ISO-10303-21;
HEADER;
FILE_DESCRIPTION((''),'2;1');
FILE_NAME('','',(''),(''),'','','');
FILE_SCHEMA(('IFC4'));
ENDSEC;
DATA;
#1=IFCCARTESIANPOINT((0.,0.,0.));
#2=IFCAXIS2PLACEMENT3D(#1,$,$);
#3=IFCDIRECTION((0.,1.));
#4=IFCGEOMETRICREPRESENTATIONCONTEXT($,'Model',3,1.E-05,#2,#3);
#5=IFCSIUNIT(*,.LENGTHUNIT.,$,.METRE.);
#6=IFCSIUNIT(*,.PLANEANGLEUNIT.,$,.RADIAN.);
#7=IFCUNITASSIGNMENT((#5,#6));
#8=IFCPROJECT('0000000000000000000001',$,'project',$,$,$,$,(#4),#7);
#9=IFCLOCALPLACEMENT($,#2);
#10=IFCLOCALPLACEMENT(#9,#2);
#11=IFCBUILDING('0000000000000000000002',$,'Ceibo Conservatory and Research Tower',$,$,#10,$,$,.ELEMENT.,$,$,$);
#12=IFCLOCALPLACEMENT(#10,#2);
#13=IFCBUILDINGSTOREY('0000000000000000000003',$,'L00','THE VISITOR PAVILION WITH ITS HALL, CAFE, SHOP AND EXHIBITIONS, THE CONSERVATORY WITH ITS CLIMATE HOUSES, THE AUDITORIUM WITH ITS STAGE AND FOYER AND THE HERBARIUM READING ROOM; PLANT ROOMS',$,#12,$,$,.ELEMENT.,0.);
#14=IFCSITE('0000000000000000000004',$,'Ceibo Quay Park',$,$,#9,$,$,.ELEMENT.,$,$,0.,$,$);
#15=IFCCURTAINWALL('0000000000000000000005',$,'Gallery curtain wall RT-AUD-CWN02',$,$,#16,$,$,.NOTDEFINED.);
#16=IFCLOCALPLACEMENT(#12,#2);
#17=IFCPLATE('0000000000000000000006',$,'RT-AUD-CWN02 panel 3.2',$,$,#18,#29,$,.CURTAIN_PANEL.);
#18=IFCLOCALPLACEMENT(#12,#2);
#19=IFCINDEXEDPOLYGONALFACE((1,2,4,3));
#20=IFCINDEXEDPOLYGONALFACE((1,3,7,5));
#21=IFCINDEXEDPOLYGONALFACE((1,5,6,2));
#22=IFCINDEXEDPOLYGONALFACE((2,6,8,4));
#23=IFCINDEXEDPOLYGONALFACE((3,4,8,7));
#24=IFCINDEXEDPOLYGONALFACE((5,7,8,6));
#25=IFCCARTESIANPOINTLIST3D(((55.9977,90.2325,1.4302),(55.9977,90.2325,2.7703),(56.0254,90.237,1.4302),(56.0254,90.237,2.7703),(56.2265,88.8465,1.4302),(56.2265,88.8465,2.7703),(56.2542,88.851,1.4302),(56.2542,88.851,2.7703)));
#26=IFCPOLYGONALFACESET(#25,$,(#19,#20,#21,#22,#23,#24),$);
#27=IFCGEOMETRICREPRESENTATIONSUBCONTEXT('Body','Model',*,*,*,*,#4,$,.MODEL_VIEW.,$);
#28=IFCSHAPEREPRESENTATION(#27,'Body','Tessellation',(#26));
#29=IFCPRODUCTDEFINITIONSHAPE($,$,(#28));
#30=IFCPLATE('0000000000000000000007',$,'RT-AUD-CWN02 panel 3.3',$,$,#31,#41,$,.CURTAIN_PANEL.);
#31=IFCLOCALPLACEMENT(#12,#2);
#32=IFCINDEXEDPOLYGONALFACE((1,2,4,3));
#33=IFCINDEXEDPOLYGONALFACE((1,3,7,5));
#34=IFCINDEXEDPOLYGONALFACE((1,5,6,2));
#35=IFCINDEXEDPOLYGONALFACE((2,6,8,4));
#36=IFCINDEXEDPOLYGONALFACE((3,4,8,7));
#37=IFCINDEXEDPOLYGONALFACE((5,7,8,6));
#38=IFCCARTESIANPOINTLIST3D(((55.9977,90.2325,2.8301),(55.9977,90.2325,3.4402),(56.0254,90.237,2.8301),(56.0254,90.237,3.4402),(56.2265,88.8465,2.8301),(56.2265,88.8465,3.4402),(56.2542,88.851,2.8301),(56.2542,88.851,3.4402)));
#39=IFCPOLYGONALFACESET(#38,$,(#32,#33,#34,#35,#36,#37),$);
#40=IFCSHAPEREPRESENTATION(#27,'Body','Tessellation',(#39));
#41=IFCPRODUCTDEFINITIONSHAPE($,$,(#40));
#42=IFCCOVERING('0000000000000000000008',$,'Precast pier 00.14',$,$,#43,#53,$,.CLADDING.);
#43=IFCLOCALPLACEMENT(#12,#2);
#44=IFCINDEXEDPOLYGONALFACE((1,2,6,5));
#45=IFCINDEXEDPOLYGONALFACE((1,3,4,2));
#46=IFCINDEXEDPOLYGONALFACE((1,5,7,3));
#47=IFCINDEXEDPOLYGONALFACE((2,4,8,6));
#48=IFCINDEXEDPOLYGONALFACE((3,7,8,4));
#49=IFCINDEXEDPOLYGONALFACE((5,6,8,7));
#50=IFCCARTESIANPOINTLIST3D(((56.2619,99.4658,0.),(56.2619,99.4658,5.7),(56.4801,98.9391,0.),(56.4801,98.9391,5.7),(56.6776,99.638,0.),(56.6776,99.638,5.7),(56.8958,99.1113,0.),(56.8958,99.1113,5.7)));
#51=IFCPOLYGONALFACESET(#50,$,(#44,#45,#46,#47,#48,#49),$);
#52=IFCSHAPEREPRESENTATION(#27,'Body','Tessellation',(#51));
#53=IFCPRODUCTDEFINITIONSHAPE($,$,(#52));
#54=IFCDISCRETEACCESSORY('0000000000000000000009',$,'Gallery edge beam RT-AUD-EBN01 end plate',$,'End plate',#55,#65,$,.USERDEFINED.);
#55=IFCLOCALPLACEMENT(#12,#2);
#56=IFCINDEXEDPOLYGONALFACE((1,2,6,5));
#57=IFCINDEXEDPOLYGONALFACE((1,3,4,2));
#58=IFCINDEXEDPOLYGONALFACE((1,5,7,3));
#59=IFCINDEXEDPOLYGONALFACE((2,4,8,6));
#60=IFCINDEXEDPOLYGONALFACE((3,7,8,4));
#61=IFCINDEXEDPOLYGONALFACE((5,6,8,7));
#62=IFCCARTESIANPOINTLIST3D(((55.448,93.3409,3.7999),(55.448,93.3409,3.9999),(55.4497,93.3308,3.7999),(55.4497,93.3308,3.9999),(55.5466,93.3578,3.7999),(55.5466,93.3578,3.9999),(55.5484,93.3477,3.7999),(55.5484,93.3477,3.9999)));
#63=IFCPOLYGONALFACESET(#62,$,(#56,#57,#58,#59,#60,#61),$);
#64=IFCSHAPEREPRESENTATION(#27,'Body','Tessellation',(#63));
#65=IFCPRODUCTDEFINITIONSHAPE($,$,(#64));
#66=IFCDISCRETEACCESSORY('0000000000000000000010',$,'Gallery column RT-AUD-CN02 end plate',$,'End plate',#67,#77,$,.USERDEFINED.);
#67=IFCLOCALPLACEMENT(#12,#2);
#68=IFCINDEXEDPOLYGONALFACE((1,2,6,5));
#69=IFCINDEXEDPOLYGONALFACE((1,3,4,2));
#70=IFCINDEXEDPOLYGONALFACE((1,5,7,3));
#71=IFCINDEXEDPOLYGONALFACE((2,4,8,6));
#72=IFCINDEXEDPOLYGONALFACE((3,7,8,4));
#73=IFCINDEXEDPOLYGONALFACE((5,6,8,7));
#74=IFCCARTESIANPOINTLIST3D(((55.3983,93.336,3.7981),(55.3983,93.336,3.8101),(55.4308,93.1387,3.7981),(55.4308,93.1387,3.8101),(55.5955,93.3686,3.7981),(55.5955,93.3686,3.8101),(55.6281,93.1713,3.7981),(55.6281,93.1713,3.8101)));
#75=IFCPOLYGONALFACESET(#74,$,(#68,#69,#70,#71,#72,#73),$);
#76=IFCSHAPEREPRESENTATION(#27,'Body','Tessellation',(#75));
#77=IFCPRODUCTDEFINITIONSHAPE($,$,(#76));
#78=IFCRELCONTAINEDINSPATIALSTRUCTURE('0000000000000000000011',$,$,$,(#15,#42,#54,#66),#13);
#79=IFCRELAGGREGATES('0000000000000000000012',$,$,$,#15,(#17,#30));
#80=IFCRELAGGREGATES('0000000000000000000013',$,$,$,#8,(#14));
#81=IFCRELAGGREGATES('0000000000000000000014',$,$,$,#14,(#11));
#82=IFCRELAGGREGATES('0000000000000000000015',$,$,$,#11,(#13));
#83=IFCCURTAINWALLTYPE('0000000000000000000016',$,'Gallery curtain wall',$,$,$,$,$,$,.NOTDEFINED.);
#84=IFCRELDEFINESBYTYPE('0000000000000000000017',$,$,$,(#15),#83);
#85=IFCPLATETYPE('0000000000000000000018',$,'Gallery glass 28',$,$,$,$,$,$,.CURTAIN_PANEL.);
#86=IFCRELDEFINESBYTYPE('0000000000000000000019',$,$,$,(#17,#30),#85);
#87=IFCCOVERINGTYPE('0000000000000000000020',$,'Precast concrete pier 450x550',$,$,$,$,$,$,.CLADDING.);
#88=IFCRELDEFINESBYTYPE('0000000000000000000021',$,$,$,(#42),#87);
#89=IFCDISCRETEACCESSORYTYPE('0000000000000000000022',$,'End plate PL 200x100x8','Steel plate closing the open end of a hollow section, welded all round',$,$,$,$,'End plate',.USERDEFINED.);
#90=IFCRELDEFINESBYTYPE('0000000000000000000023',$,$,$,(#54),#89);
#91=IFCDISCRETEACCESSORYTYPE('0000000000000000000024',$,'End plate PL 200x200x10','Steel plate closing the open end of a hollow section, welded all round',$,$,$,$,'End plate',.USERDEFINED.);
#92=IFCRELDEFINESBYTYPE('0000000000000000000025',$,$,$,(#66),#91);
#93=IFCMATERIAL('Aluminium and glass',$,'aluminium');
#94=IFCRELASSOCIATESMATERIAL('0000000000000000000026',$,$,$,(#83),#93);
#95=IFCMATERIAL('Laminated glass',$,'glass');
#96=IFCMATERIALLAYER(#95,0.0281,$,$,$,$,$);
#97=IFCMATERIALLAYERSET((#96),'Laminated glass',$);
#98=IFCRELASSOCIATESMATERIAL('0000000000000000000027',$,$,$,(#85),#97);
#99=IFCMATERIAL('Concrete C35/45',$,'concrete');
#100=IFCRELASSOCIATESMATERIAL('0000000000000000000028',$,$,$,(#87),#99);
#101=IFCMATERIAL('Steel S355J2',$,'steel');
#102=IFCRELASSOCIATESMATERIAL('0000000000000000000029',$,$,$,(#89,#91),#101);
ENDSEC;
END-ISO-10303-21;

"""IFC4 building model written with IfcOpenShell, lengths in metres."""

from ifc_helpers import new_model, si_unit, direction, frame, origin, origin_2d, place, context, subcontext, project, spatial, rectangle, extrude, material, layer, layer_set, material_profile, profile_set, type_object, element, aggregate, save


model = new_model("IFC4")

# Units and contexts
model_context = context("Model", 3, precision=1e-05, world=origin(), true_north=direction((0.0, 1.0)))
body_context = subcontext(model_context, "Body", "Model", "MODEL_VIEW")
ifc_project = project(units=[si_unit("LENGTHUNIT", "METRE"), si_unit("PLANEANGLEUNIT", "RADIAN")], contexts=[model_context])

# Site, building, storey
site_placement = place(None, origin())
site = spatial("IfcSite", under=ifc_project, at=site_placement, Name="Ceibo Quay Park", CompositionType="ELEMENT", RefElevation=0.0)
building_placement = place(site_placement, origin())
building = spatial("IfcBuilding", under=site, at=building_placement, Name="Ceibo Conservatory and Research Tower", CompositionType="ELEMENT")
storey_placement = place(building_placement, origin())
storey = spatial("IfcBuildingStorey", under=building, at=storey_placement, Name="L00", Description="THE VISITOR PAVILION WITH ITS HALL, CAFE, SHOP AND EXHIBITIONS, THE CONSERVATORY WITH ITS CLIMATE HOUSES, THE AUDITORIUM WITH ITS STAGE AND FOYER AND THE HERBARIUM READING ROOM; PLANT ROOMS", CompositionType="ELEMENT", Elevation=0.0)

# Curtain wall
ifc_material_1 = material(Name="Aluminium and glass", Category="aluminium")
curtain_wall_type_1 = type_object("IfcCurtainWallType", Name="Gallery curtain wall", PredefinedType="NOTDEFINED", material=ifc_material_1)
curtain_wall_1_placement = place(storey_placement, origin())
curtain_wall_1 = element("IfcCurtainWall", 1, at=curtain_wall_1_placement, inside=storey, type_object=curtain_wall_type_1, Name="Gallery curtain wall RT-AUD-CWN02", PredefinedType="NOTDEFINED")

# Shared definitions
ifc_material_2 = material(Name="Steel S355J2", Category="steel")

# Plates
ifc_material_3 = material(Name="Laminated glass", Category="glass")
ifc_layer = layer(ifc_material_3, 0.0281)
ifc_layer_set = layer_set([ifc_layer], Name="Laminated glass")
plate_type = type_object("IfcPlateType", Name="Gallery glass 28", PredefinedType="CURTAIN_PANEL", material=ifc_layer_set)
plate_1_placement = place(storey_placement, frame((56.126, 89.5417, 1.4302), z_axis=(0.0, 0.0, 1.0), x_axis=(0.162895, -0.986643, 0.0)))
plate_1 = element("IfcPlate", 2, at=plate_1_placement, type_object=plate_type, Name="RT-AUD-CWN02 panel 3.2", PredefinedType="CURTAIN_PANEL", context=body_context, shape_type="SweptSolid", body=[
    extrude(rectangle(XDim=1.4048, YDim=0.0281, at=origin_2d()), origin(), (0.0, 0.0, 1.0), 1.3401),
])
plate_2_placement = place(storey_placement, frame((56.126, 89.5417, 2.8301), z_axis=(0.0, 0.0, 1.0), x_axis=(0.162895, -0.986643, 0.0)))
plate_2 = element("IfcPlate", 3, at=plate_2_placement, type_object=plate_type, Name="RT-AUD-CWN02 panel 3.3", PredefinedType="CURTAIN_PANEL", context=body_context, shape_type="SweptSolid", body=[
    extrude(rectangle(XDim=1.4048, YDim=0.0281, at=origin_2d()), origin(), (0.0, 0.0, 1.0), 0.6101),
])
aggregate(curtain_wall_1, [plate_1, plate_2])

# Covering
ifc_material_4 = material(Name="Concrete C35/45", Category="concrete")
covering_type = type_object("IfcCoveringType", Name="Precast concrete pier 450x550", PredefinedType="CLADDING", material=ifc_material_4)
covering_placement = place(storey_placement, frame((56.5789, 99.2886, 0.0), z_axis=(0.0, 0.0, 1.0), x_axis=(0.382683, -0.92388, 0.0)))
element("IfcCovering", 4, at=covering_placement, inside=storey, type_object=covering_type, Name="Precast pier 00.14", PredefinedType="CLADDING", context=body_context, shape_type="SweptSolid", body=[
    extrude(rectangle(XDim=0.5701, YDim=0.45, at=origin_2d()), origin(), (0.0, 0.0, 1.0), 5.7),
])

# Discrete accessories
ifc_material_profile_1 = material_profile(ifc_material_2, rectangle(XDim=0.1001, YDim=0.2, at=origin_2d()), Name="End plate PL 200x100x8")
ifc_profile_set_1 = profile_set([ifc_material_profile_1], Name="Steel S355J2")
discrete_accessory_type_1 = type_object("IfcDiscreteAccessoryType", Name="End plate PL 200x100x8", Description="Steel plate closing the open end of a hollow section, welded all round", ElementType="End plate", PredefinedType="USERDEFINED", material=ifc_profile_set_1)
discrete_accessory_1_placement = place(storey_placement, frame((55.4973, 93.3494, 3.8999), z_axis=(0.168296, -0.985736, 0.0), x_axis=(0.985736, 0.168296, 0.0)))
element("IfcDiscreteAccessory", 5, at=discrete_accessory_1_placement, inside=storey, type_object=discrete_accessory_type_1, Name="Gallery edge beam RT-AUD-EBN01 end plate", ObjectType="End plate", PredefinedType="USERDEFINED", context=body_context, shape_type="SweptSolid", body=[
    extrude(rectangle(XDim=0.1001, YDim=0.2, at=origin_2d()), origin(), (0.0, 0.0, 1.0), 0.0103),
])
ifc_material_profile_2 = material_profile(ifc_material_2, rectangle(XDim=0.2, YDim=0.2, at=origin_2d()), Name="End plate PL 200x200x10")
ifc_profile_set_2 = profile_set([ifc_material_profile_2], Name="Steel S355J2")
discrete_accessory_type_2 = type_object("IfcDiscreteAccessoryType", Name="End plate PL 200x200x10", Description="Steel plate closing the open end of a hollow section, welded all round", ElementType="End plate", PredefinedType="USERDEFINED", material=ifc_profile_set_2)
discrete_accessory_2_placement = place(storey_placement, frame((55.5132, 93.2537, 3.7981), z_axis=(0.0, 0.0, 1.0), x_axis=(0.162895, -0.986643, 0.0)))
element("IfcDiscreteAccessory", 6, at=discrete_accessory_2_placement, inside=storey, type_object=discrete_accessory_type_2, Name="Gallery column RT-AUD-CN02 end plate", ObjectType="End plate", PredefinedType="USERDEFINED", context=body_context, shape_type="SweptSolid", body=[
    extrude(rectangle(XDim=0.2, YDim=0.2, at=origin_2d()), origin(), (0.0, 0.0, 1.0), 0.012),
])

save(model, "model.ifc")
